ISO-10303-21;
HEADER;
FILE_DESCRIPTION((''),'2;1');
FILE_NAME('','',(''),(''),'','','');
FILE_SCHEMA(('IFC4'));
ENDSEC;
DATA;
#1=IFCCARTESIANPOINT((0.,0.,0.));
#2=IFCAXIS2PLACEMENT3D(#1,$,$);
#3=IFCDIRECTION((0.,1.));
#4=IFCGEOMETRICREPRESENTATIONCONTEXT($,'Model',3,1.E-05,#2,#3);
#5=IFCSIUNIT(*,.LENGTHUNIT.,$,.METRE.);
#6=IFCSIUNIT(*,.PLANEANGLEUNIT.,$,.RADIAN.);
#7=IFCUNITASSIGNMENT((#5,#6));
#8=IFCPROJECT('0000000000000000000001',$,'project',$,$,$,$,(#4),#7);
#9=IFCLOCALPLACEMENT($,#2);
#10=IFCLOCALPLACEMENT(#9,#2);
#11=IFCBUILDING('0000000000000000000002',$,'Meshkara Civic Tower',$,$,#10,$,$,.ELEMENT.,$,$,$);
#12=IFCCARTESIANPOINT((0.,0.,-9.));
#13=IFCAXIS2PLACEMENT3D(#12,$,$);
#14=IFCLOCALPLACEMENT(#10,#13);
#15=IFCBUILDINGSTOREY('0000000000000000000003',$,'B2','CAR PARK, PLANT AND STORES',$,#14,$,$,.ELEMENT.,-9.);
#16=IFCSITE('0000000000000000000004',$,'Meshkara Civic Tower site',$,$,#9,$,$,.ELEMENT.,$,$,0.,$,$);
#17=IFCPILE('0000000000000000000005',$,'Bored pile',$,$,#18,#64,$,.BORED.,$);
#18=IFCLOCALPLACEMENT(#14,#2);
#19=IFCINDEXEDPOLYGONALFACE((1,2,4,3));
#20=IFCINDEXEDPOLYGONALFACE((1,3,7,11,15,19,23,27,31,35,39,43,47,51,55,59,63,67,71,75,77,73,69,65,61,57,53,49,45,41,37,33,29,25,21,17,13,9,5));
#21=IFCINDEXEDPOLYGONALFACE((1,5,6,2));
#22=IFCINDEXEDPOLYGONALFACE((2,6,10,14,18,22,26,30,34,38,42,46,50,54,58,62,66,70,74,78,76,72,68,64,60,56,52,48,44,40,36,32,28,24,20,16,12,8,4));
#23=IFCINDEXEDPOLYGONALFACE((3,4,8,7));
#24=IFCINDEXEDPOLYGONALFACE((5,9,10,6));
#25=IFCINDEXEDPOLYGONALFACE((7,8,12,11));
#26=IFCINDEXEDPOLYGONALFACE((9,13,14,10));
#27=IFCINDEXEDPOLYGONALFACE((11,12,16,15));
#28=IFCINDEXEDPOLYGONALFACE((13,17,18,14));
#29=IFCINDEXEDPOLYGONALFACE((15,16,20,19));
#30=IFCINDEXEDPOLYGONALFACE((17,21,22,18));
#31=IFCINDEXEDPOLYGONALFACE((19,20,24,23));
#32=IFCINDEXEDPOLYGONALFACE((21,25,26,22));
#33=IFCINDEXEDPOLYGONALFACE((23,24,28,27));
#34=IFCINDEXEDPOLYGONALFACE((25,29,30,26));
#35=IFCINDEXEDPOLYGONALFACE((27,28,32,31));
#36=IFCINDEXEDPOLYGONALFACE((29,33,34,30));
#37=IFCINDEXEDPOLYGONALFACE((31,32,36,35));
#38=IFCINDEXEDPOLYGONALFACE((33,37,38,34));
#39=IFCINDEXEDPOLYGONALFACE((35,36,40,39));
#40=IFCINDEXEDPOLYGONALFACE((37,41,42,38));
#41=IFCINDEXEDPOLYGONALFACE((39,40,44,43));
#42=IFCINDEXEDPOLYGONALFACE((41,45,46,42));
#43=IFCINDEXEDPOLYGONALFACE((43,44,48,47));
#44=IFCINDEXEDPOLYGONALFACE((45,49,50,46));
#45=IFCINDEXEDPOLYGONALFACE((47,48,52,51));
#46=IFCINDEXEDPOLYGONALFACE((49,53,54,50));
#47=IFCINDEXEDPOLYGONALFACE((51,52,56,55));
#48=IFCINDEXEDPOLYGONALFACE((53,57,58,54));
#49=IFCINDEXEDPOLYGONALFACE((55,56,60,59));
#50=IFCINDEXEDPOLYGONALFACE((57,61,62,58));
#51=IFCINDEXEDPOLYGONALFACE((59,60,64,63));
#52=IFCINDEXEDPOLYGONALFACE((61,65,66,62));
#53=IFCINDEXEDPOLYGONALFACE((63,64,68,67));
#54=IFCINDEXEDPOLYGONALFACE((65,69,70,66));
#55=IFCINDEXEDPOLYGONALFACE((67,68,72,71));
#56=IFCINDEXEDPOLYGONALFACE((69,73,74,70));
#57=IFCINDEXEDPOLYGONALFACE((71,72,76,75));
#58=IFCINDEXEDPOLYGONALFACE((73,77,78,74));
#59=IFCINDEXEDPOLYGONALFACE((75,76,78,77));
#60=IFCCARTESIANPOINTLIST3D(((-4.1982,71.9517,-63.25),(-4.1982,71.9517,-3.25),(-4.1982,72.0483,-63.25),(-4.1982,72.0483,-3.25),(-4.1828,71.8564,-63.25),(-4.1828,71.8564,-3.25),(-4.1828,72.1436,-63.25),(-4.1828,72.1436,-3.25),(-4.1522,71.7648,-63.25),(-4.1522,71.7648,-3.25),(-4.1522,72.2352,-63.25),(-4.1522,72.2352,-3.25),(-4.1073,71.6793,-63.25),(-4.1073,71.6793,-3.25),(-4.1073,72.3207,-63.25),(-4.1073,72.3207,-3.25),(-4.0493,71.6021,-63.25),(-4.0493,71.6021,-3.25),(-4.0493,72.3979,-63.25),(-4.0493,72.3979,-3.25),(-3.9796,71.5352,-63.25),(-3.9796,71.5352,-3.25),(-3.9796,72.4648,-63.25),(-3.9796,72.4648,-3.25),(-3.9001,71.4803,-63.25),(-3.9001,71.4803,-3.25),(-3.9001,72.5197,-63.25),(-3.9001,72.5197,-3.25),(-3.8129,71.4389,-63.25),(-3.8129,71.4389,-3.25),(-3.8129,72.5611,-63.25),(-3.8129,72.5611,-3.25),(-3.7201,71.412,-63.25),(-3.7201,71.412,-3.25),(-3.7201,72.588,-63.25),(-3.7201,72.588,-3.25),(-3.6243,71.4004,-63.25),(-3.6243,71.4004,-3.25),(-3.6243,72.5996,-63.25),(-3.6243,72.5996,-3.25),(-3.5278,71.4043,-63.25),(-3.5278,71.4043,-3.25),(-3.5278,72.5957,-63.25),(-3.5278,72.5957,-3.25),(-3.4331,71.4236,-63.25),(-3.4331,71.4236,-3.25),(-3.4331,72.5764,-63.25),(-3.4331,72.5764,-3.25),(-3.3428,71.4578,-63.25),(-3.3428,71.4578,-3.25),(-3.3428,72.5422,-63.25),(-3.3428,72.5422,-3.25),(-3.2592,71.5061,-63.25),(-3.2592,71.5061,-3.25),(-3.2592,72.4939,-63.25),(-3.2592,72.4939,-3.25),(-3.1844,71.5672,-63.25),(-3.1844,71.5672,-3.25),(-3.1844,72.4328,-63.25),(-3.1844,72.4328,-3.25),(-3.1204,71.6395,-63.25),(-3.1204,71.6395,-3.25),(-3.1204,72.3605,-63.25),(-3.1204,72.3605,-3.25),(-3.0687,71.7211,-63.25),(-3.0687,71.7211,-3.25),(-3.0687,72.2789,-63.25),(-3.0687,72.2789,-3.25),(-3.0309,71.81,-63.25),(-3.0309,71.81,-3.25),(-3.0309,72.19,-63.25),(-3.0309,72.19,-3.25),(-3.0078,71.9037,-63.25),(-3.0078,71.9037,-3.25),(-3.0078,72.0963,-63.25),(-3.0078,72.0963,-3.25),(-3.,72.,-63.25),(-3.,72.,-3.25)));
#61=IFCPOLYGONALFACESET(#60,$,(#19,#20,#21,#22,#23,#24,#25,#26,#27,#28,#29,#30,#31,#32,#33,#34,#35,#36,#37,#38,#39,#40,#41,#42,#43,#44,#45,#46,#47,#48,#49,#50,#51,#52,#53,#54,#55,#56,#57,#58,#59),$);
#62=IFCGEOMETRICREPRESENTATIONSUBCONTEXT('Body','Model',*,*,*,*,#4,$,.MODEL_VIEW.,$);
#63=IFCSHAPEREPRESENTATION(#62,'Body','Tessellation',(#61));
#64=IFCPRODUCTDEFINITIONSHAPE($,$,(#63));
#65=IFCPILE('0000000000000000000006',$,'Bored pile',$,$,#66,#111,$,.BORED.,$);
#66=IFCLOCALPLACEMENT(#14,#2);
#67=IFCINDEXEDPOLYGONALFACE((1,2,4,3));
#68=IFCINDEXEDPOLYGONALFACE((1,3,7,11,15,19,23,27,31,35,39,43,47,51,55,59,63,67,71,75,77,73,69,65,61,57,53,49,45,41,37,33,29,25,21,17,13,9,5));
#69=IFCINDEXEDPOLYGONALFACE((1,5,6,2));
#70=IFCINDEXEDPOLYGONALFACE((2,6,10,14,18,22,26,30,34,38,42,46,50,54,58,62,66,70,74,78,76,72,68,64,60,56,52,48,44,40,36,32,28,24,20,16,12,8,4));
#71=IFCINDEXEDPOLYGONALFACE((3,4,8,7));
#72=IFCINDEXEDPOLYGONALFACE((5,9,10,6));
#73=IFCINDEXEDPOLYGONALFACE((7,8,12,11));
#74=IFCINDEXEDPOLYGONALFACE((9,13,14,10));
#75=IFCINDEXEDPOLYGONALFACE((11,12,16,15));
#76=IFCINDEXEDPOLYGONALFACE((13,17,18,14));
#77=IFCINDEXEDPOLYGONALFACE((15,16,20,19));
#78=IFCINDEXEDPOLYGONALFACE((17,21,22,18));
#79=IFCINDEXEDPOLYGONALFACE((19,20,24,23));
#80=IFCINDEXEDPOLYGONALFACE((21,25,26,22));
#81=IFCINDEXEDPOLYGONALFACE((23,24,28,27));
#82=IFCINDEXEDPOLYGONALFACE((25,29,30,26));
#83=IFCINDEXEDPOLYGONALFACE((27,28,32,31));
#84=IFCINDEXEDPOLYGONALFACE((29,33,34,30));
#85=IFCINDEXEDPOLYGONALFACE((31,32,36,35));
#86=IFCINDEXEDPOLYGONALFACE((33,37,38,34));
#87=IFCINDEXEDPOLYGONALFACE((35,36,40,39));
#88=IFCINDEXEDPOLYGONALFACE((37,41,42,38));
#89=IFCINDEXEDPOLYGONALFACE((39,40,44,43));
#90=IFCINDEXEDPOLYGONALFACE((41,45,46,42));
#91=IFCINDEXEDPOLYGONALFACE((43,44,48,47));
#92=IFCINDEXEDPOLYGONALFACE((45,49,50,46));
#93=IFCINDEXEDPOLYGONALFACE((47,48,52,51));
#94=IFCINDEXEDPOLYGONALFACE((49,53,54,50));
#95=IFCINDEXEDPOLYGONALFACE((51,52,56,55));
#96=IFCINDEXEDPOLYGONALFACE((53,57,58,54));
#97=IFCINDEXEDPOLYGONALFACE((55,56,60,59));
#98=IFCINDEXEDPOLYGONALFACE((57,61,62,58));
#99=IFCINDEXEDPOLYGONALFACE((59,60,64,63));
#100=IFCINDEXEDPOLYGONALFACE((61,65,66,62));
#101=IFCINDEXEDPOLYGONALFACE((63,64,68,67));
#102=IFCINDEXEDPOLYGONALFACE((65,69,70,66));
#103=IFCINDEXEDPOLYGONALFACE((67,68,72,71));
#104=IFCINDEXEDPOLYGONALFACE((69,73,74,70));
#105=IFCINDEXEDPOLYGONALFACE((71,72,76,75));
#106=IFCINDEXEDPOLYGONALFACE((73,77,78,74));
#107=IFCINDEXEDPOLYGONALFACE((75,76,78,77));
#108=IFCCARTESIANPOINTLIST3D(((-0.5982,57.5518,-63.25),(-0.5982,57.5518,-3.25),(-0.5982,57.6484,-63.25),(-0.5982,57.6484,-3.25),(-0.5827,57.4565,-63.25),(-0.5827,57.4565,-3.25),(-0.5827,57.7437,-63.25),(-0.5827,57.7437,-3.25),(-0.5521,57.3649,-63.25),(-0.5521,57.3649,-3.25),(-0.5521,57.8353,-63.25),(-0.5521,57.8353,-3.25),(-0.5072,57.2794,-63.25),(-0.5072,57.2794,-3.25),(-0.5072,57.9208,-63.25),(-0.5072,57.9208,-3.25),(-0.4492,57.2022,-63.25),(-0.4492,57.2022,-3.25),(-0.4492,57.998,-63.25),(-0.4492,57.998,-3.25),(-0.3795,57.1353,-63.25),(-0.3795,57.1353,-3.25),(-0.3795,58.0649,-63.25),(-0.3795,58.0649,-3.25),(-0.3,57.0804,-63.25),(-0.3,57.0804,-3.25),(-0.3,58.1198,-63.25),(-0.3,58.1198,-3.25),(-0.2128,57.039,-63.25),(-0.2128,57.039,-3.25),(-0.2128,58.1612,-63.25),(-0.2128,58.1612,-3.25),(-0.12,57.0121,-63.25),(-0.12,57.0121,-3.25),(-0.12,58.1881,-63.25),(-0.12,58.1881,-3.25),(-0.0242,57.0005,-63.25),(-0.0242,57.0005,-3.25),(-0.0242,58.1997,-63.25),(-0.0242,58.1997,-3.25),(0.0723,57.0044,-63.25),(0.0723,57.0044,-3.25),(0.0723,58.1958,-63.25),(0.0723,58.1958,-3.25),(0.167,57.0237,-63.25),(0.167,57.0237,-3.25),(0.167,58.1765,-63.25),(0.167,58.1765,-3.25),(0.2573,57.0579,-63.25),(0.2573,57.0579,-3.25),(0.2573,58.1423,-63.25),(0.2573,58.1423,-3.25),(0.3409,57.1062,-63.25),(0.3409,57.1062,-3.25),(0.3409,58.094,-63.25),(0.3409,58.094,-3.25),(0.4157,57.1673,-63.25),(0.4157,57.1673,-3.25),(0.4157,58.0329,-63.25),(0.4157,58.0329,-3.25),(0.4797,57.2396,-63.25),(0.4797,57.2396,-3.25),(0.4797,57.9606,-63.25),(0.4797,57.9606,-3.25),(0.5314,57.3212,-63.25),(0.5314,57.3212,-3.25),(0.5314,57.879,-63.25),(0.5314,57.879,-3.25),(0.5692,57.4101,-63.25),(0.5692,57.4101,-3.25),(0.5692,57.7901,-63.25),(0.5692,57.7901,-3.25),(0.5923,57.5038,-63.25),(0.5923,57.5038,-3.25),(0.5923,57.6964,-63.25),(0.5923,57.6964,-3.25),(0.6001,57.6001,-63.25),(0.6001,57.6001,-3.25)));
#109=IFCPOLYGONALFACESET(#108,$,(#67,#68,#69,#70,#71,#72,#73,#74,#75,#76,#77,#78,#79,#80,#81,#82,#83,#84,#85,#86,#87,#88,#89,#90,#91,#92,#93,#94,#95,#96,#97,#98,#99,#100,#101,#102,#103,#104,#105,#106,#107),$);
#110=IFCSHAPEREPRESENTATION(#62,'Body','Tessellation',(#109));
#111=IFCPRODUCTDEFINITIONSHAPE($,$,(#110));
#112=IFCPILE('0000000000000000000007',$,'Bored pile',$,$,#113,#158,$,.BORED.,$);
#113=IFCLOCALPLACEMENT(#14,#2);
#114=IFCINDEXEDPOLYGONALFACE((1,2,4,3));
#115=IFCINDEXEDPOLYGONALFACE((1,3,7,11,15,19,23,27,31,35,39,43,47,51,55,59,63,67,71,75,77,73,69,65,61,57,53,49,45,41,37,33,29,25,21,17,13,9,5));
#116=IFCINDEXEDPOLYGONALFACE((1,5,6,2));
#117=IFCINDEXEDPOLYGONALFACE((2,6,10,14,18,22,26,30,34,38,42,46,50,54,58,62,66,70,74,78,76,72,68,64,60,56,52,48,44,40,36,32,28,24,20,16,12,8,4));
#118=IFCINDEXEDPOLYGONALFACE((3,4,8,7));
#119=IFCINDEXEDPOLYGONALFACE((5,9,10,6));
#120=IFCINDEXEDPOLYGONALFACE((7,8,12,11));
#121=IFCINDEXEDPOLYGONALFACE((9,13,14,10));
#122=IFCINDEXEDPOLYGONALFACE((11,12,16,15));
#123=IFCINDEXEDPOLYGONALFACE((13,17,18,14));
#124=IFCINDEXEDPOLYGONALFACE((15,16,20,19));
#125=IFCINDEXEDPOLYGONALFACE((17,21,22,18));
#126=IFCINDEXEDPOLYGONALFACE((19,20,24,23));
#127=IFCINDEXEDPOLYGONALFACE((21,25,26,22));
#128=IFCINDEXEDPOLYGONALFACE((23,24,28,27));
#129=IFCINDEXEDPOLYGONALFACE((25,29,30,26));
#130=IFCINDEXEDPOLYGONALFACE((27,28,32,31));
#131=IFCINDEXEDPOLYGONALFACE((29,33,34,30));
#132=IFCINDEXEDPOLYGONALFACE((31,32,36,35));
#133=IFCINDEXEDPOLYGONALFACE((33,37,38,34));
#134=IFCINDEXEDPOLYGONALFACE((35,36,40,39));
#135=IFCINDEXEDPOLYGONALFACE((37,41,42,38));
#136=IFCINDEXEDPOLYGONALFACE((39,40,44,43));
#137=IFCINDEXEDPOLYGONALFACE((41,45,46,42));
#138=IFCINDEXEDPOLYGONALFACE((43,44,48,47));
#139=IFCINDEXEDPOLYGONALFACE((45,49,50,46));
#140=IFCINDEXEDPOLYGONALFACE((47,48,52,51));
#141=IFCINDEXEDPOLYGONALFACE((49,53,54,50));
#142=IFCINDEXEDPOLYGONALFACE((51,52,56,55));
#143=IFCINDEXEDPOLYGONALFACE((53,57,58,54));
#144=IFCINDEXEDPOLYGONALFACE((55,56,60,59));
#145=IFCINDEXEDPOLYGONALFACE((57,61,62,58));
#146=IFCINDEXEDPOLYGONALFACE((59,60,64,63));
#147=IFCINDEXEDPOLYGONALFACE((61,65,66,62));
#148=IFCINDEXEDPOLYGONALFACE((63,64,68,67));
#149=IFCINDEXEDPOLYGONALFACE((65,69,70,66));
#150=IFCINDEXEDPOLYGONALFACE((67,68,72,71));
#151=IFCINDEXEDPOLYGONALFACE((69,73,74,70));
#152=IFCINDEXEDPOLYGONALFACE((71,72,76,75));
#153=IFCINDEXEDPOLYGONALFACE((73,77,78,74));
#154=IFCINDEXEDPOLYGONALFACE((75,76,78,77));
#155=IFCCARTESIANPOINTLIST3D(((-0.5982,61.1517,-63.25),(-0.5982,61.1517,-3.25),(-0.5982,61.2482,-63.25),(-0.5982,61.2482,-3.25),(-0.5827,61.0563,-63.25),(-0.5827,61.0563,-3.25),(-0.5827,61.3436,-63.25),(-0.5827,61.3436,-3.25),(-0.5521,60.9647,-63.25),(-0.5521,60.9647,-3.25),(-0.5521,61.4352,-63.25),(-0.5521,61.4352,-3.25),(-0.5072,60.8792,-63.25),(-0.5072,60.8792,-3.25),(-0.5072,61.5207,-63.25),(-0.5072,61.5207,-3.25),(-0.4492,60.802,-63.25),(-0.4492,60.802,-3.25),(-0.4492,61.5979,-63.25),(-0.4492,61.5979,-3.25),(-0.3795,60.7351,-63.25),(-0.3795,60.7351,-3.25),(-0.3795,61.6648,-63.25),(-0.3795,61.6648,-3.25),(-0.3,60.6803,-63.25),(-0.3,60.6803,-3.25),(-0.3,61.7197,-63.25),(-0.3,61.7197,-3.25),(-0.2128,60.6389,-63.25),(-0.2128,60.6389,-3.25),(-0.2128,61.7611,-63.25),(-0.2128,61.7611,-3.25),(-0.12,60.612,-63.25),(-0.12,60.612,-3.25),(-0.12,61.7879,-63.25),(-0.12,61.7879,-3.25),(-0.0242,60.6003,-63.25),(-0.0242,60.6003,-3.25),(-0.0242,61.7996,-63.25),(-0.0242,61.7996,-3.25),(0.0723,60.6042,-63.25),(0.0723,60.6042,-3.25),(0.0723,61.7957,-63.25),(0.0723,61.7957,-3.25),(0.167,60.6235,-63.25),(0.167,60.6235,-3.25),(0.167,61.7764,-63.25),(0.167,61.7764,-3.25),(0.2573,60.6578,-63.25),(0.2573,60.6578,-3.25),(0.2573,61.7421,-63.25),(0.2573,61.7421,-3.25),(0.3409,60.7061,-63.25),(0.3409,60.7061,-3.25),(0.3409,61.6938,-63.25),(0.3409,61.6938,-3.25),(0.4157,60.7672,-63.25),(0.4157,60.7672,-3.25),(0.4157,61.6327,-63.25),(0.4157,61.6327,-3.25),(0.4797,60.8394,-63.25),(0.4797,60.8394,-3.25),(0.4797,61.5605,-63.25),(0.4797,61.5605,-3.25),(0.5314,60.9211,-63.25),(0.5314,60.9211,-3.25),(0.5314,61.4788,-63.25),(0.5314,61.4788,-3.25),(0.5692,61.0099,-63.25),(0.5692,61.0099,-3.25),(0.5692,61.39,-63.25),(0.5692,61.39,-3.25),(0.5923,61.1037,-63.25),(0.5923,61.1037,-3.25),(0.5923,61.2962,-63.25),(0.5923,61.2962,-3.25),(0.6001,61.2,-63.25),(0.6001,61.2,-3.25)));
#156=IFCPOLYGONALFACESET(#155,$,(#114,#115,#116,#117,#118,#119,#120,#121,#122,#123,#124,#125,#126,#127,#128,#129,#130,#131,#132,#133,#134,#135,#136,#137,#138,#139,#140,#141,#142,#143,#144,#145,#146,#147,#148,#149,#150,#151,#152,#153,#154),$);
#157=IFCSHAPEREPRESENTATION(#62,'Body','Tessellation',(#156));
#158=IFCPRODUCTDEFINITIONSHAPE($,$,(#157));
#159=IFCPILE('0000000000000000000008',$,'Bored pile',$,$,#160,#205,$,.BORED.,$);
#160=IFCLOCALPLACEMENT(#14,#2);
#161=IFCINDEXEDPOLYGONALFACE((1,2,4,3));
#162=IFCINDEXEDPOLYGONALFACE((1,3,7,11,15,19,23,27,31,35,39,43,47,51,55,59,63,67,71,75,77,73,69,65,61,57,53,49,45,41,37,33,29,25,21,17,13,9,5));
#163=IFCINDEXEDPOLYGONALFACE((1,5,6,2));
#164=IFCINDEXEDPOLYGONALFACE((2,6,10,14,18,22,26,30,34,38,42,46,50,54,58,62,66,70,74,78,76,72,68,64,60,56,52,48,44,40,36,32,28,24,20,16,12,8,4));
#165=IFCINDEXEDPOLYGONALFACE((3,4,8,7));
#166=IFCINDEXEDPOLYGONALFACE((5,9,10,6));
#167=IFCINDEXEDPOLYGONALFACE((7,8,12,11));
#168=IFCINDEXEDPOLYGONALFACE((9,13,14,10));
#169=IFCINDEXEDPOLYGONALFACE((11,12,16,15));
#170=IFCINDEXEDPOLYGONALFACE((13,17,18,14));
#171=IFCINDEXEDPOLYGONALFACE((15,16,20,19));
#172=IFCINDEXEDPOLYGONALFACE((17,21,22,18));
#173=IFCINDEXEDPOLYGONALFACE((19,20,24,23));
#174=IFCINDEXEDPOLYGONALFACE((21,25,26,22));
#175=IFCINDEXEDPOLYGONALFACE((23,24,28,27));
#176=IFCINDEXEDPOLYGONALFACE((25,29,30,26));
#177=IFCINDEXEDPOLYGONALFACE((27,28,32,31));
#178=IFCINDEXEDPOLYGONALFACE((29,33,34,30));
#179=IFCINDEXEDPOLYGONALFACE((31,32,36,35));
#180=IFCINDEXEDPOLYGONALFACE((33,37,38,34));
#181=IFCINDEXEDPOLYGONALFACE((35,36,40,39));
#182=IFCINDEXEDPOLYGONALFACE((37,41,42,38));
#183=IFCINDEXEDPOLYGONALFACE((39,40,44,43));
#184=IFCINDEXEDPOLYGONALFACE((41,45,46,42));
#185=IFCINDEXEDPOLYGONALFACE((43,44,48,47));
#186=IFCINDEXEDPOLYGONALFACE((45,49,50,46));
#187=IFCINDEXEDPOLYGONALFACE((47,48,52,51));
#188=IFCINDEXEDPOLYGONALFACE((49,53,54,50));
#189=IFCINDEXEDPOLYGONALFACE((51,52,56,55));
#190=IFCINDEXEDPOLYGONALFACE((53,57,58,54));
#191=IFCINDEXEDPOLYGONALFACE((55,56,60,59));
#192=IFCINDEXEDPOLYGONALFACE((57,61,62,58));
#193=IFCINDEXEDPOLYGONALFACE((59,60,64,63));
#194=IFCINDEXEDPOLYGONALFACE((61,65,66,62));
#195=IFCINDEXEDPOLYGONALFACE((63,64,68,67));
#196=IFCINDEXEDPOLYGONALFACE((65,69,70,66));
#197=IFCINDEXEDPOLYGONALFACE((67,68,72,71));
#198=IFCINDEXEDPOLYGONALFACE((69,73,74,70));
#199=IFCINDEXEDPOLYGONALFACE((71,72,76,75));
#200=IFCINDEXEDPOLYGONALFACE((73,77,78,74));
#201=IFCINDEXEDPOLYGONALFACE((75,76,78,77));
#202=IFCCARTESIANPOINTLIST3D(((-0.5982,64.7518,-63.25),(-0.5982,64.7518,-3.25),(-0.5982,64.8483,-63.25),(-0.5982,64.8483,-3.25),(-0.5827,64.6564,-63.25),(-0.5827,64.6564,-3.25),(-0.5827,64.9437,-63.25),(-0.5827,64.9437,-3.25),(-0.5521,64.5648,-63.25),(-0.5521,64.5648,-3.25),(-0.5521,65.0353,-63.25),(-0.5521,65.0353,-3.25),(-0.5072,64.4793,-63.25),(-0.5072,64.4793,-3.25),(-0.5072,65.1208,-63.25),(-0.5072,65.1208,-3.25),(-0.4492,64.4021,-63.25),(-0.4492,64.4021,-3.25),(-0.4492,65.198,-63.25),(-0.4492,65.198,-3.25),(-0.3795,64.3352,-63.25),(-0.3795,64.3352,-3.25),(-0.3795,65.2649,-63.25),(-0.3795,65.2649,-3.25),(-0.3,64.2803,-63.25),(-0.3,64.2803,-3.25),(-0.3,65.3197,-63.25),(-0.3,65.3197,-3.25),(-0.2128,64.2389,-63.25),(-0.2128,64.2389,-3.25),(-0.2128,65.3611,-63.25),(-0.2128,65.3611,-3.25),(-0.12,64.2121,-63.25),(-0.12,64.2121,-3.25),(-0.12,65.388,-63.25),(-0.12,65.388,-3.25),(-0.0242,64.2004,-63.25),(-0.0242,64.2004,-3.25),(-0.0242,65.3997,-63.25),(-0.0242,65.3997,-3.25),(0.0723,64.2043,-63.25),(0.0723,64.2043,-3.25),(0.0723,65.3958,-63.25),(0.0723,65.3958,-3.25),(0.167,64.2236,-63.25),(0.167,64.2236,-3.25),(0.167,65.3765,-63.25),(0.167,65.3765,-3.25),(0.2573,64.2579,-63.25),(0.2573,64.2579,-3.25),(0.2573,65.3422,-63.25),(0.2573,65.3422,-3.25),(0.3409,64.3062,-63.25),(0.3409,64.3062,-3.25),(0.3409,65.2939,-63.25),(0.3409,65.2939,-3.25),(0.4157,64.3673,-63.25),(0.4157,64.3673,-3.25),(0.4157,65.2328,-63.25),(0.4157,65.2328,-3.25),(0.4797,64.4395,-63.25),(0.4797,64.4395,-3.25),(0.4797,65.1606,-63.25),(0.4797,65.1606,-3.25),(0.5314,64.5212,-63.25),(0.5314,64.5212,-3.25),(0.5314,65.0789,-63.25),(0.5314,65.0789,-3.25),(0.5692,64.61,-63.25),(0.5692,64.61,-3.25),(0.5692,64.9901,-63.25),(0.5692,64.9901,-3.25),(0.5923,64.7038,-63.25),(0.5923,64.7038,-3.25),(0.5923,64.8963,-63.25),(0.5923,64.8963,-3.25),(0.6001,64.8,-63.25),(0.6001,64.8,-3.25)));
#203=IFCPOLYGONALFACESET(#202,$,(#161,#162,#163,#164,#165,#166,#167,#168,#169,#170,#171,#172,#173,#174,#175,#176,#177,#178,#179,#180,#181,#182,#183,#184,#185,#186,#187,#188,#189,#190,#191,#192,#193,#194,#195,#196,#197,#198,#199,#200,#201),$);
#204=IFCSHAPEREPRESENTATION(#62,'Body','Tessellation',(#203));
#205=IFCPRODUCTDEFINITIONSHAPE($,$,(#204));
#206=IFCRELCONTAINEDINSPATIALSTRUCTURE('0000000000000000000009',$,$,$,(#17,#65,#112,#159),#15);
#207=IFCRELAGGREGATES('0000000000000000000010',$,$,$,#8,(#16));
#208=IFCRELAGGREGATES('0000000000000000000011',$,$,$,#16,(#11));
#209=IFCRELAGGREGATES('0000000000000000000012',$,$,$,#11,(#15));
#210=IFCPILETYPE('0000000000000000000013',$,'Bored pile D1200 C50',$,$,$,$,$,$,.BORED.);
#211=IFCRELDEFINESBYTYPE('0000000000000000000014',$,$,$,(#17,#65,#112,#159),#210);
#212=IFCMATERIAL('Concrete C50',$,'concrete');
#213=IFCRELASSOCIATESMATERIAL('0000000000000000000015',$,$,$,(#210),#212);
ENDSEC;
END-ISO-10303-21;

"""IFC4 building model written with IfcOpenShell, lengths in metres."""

from ifc_helpers import new_model, si_unit, direction, frame, origin, origin_2d, place, context, subcontext, project, spatial, circle, extrude, material, material_profile, profile_set, type_object, element, save


model = new_model("IFC4")

# Units and contexts
model_context = context("Model", 3, precision=1e-05, world=origin(), true_north=direction((0.0, 1.0)))
body_context = subcontext(model_context, "Body", "Model", "MODEL_VIEW")
ifc_project = project(units=[si_unit("LENGTHUNIT", "METRE"), si_unit("PLANEANGLEUNIT", "RADIAN")], contexts=[model_context])

# Site, building, storey
site_placement = place(None, origin())
site = spatial("IfcSite", under=ifc_project, at=site_placement, Name="Meshkara Civic Tower site", CompositionType="ELEMENT", RefElevation=0.0)
building_placement = place(site_placement, origin())
building = spatial("IfcBuilding", under=site, at=building_placement, Name="Meshkara Civic Tower", CompositionType="ELEMENT")
storey_placement = place(building_placement, frame((0.0, 0.0, -9.0)))
storey = spatial("IfcBuildingStorey", under=building, at=storey_placement, Name="B2", Description="CAR PARK, PLANT AND STORES", CompositionType="ELEMENT", Elevation=-9.0)

# Piles
ifc_material_1 = material(Name="Concrete C50", Category="concrete")
ifc_material_profile_1 = material_profile(ifc_material_1, circle(Radius=0.6001, at=origin_2d()))
ifc_profile_set_1 = profile_set([ifc_material_profile_1], Name="Concrete C50")
pile_type = type_object("IfcPileType", Name="Bored pile D1200 C50", PredefinedType="BORED", material=ifc_profile_set_1)
for number, where, z_axis, x_axis, name in (
    (1, (-3.6001, 72.0, -3.25), (0.0, 0.0, -1.0), (1.0, 0.0, 0.0), "Bored pile"),
    (2, (0.0, 57.6001, -3.25), (0.0, 0.0, -1.0), (1.0, 0.0, 0.0), "Bored pile"),
    (3, (0.0, 61.2, -3.25), (0.0, 0.0, -1.0), (1.0, 0.0, 0.0), "Bored pile"),
    (4, (0.0, 64.8, -3.25), (0.0, 0.0, -1.0), (1.0, 0.0, 0.0), "Bored pile"),
):
    element("IfcPile", number, at=place(storey_placement, frame(where, z_axis=z_axis, x_axis=x_axis)), inside=storey, type_object=pile_type, Name=name, PredefinedType="BORED", context=body_context, shape_type="SweptSolid", body=[
        extrude(circle(Radius=0.6001, at=origin_2d()), origin(), (0.0, 0.0, 1.0), 60.0),
    ])

save(model, "model.ifc")
